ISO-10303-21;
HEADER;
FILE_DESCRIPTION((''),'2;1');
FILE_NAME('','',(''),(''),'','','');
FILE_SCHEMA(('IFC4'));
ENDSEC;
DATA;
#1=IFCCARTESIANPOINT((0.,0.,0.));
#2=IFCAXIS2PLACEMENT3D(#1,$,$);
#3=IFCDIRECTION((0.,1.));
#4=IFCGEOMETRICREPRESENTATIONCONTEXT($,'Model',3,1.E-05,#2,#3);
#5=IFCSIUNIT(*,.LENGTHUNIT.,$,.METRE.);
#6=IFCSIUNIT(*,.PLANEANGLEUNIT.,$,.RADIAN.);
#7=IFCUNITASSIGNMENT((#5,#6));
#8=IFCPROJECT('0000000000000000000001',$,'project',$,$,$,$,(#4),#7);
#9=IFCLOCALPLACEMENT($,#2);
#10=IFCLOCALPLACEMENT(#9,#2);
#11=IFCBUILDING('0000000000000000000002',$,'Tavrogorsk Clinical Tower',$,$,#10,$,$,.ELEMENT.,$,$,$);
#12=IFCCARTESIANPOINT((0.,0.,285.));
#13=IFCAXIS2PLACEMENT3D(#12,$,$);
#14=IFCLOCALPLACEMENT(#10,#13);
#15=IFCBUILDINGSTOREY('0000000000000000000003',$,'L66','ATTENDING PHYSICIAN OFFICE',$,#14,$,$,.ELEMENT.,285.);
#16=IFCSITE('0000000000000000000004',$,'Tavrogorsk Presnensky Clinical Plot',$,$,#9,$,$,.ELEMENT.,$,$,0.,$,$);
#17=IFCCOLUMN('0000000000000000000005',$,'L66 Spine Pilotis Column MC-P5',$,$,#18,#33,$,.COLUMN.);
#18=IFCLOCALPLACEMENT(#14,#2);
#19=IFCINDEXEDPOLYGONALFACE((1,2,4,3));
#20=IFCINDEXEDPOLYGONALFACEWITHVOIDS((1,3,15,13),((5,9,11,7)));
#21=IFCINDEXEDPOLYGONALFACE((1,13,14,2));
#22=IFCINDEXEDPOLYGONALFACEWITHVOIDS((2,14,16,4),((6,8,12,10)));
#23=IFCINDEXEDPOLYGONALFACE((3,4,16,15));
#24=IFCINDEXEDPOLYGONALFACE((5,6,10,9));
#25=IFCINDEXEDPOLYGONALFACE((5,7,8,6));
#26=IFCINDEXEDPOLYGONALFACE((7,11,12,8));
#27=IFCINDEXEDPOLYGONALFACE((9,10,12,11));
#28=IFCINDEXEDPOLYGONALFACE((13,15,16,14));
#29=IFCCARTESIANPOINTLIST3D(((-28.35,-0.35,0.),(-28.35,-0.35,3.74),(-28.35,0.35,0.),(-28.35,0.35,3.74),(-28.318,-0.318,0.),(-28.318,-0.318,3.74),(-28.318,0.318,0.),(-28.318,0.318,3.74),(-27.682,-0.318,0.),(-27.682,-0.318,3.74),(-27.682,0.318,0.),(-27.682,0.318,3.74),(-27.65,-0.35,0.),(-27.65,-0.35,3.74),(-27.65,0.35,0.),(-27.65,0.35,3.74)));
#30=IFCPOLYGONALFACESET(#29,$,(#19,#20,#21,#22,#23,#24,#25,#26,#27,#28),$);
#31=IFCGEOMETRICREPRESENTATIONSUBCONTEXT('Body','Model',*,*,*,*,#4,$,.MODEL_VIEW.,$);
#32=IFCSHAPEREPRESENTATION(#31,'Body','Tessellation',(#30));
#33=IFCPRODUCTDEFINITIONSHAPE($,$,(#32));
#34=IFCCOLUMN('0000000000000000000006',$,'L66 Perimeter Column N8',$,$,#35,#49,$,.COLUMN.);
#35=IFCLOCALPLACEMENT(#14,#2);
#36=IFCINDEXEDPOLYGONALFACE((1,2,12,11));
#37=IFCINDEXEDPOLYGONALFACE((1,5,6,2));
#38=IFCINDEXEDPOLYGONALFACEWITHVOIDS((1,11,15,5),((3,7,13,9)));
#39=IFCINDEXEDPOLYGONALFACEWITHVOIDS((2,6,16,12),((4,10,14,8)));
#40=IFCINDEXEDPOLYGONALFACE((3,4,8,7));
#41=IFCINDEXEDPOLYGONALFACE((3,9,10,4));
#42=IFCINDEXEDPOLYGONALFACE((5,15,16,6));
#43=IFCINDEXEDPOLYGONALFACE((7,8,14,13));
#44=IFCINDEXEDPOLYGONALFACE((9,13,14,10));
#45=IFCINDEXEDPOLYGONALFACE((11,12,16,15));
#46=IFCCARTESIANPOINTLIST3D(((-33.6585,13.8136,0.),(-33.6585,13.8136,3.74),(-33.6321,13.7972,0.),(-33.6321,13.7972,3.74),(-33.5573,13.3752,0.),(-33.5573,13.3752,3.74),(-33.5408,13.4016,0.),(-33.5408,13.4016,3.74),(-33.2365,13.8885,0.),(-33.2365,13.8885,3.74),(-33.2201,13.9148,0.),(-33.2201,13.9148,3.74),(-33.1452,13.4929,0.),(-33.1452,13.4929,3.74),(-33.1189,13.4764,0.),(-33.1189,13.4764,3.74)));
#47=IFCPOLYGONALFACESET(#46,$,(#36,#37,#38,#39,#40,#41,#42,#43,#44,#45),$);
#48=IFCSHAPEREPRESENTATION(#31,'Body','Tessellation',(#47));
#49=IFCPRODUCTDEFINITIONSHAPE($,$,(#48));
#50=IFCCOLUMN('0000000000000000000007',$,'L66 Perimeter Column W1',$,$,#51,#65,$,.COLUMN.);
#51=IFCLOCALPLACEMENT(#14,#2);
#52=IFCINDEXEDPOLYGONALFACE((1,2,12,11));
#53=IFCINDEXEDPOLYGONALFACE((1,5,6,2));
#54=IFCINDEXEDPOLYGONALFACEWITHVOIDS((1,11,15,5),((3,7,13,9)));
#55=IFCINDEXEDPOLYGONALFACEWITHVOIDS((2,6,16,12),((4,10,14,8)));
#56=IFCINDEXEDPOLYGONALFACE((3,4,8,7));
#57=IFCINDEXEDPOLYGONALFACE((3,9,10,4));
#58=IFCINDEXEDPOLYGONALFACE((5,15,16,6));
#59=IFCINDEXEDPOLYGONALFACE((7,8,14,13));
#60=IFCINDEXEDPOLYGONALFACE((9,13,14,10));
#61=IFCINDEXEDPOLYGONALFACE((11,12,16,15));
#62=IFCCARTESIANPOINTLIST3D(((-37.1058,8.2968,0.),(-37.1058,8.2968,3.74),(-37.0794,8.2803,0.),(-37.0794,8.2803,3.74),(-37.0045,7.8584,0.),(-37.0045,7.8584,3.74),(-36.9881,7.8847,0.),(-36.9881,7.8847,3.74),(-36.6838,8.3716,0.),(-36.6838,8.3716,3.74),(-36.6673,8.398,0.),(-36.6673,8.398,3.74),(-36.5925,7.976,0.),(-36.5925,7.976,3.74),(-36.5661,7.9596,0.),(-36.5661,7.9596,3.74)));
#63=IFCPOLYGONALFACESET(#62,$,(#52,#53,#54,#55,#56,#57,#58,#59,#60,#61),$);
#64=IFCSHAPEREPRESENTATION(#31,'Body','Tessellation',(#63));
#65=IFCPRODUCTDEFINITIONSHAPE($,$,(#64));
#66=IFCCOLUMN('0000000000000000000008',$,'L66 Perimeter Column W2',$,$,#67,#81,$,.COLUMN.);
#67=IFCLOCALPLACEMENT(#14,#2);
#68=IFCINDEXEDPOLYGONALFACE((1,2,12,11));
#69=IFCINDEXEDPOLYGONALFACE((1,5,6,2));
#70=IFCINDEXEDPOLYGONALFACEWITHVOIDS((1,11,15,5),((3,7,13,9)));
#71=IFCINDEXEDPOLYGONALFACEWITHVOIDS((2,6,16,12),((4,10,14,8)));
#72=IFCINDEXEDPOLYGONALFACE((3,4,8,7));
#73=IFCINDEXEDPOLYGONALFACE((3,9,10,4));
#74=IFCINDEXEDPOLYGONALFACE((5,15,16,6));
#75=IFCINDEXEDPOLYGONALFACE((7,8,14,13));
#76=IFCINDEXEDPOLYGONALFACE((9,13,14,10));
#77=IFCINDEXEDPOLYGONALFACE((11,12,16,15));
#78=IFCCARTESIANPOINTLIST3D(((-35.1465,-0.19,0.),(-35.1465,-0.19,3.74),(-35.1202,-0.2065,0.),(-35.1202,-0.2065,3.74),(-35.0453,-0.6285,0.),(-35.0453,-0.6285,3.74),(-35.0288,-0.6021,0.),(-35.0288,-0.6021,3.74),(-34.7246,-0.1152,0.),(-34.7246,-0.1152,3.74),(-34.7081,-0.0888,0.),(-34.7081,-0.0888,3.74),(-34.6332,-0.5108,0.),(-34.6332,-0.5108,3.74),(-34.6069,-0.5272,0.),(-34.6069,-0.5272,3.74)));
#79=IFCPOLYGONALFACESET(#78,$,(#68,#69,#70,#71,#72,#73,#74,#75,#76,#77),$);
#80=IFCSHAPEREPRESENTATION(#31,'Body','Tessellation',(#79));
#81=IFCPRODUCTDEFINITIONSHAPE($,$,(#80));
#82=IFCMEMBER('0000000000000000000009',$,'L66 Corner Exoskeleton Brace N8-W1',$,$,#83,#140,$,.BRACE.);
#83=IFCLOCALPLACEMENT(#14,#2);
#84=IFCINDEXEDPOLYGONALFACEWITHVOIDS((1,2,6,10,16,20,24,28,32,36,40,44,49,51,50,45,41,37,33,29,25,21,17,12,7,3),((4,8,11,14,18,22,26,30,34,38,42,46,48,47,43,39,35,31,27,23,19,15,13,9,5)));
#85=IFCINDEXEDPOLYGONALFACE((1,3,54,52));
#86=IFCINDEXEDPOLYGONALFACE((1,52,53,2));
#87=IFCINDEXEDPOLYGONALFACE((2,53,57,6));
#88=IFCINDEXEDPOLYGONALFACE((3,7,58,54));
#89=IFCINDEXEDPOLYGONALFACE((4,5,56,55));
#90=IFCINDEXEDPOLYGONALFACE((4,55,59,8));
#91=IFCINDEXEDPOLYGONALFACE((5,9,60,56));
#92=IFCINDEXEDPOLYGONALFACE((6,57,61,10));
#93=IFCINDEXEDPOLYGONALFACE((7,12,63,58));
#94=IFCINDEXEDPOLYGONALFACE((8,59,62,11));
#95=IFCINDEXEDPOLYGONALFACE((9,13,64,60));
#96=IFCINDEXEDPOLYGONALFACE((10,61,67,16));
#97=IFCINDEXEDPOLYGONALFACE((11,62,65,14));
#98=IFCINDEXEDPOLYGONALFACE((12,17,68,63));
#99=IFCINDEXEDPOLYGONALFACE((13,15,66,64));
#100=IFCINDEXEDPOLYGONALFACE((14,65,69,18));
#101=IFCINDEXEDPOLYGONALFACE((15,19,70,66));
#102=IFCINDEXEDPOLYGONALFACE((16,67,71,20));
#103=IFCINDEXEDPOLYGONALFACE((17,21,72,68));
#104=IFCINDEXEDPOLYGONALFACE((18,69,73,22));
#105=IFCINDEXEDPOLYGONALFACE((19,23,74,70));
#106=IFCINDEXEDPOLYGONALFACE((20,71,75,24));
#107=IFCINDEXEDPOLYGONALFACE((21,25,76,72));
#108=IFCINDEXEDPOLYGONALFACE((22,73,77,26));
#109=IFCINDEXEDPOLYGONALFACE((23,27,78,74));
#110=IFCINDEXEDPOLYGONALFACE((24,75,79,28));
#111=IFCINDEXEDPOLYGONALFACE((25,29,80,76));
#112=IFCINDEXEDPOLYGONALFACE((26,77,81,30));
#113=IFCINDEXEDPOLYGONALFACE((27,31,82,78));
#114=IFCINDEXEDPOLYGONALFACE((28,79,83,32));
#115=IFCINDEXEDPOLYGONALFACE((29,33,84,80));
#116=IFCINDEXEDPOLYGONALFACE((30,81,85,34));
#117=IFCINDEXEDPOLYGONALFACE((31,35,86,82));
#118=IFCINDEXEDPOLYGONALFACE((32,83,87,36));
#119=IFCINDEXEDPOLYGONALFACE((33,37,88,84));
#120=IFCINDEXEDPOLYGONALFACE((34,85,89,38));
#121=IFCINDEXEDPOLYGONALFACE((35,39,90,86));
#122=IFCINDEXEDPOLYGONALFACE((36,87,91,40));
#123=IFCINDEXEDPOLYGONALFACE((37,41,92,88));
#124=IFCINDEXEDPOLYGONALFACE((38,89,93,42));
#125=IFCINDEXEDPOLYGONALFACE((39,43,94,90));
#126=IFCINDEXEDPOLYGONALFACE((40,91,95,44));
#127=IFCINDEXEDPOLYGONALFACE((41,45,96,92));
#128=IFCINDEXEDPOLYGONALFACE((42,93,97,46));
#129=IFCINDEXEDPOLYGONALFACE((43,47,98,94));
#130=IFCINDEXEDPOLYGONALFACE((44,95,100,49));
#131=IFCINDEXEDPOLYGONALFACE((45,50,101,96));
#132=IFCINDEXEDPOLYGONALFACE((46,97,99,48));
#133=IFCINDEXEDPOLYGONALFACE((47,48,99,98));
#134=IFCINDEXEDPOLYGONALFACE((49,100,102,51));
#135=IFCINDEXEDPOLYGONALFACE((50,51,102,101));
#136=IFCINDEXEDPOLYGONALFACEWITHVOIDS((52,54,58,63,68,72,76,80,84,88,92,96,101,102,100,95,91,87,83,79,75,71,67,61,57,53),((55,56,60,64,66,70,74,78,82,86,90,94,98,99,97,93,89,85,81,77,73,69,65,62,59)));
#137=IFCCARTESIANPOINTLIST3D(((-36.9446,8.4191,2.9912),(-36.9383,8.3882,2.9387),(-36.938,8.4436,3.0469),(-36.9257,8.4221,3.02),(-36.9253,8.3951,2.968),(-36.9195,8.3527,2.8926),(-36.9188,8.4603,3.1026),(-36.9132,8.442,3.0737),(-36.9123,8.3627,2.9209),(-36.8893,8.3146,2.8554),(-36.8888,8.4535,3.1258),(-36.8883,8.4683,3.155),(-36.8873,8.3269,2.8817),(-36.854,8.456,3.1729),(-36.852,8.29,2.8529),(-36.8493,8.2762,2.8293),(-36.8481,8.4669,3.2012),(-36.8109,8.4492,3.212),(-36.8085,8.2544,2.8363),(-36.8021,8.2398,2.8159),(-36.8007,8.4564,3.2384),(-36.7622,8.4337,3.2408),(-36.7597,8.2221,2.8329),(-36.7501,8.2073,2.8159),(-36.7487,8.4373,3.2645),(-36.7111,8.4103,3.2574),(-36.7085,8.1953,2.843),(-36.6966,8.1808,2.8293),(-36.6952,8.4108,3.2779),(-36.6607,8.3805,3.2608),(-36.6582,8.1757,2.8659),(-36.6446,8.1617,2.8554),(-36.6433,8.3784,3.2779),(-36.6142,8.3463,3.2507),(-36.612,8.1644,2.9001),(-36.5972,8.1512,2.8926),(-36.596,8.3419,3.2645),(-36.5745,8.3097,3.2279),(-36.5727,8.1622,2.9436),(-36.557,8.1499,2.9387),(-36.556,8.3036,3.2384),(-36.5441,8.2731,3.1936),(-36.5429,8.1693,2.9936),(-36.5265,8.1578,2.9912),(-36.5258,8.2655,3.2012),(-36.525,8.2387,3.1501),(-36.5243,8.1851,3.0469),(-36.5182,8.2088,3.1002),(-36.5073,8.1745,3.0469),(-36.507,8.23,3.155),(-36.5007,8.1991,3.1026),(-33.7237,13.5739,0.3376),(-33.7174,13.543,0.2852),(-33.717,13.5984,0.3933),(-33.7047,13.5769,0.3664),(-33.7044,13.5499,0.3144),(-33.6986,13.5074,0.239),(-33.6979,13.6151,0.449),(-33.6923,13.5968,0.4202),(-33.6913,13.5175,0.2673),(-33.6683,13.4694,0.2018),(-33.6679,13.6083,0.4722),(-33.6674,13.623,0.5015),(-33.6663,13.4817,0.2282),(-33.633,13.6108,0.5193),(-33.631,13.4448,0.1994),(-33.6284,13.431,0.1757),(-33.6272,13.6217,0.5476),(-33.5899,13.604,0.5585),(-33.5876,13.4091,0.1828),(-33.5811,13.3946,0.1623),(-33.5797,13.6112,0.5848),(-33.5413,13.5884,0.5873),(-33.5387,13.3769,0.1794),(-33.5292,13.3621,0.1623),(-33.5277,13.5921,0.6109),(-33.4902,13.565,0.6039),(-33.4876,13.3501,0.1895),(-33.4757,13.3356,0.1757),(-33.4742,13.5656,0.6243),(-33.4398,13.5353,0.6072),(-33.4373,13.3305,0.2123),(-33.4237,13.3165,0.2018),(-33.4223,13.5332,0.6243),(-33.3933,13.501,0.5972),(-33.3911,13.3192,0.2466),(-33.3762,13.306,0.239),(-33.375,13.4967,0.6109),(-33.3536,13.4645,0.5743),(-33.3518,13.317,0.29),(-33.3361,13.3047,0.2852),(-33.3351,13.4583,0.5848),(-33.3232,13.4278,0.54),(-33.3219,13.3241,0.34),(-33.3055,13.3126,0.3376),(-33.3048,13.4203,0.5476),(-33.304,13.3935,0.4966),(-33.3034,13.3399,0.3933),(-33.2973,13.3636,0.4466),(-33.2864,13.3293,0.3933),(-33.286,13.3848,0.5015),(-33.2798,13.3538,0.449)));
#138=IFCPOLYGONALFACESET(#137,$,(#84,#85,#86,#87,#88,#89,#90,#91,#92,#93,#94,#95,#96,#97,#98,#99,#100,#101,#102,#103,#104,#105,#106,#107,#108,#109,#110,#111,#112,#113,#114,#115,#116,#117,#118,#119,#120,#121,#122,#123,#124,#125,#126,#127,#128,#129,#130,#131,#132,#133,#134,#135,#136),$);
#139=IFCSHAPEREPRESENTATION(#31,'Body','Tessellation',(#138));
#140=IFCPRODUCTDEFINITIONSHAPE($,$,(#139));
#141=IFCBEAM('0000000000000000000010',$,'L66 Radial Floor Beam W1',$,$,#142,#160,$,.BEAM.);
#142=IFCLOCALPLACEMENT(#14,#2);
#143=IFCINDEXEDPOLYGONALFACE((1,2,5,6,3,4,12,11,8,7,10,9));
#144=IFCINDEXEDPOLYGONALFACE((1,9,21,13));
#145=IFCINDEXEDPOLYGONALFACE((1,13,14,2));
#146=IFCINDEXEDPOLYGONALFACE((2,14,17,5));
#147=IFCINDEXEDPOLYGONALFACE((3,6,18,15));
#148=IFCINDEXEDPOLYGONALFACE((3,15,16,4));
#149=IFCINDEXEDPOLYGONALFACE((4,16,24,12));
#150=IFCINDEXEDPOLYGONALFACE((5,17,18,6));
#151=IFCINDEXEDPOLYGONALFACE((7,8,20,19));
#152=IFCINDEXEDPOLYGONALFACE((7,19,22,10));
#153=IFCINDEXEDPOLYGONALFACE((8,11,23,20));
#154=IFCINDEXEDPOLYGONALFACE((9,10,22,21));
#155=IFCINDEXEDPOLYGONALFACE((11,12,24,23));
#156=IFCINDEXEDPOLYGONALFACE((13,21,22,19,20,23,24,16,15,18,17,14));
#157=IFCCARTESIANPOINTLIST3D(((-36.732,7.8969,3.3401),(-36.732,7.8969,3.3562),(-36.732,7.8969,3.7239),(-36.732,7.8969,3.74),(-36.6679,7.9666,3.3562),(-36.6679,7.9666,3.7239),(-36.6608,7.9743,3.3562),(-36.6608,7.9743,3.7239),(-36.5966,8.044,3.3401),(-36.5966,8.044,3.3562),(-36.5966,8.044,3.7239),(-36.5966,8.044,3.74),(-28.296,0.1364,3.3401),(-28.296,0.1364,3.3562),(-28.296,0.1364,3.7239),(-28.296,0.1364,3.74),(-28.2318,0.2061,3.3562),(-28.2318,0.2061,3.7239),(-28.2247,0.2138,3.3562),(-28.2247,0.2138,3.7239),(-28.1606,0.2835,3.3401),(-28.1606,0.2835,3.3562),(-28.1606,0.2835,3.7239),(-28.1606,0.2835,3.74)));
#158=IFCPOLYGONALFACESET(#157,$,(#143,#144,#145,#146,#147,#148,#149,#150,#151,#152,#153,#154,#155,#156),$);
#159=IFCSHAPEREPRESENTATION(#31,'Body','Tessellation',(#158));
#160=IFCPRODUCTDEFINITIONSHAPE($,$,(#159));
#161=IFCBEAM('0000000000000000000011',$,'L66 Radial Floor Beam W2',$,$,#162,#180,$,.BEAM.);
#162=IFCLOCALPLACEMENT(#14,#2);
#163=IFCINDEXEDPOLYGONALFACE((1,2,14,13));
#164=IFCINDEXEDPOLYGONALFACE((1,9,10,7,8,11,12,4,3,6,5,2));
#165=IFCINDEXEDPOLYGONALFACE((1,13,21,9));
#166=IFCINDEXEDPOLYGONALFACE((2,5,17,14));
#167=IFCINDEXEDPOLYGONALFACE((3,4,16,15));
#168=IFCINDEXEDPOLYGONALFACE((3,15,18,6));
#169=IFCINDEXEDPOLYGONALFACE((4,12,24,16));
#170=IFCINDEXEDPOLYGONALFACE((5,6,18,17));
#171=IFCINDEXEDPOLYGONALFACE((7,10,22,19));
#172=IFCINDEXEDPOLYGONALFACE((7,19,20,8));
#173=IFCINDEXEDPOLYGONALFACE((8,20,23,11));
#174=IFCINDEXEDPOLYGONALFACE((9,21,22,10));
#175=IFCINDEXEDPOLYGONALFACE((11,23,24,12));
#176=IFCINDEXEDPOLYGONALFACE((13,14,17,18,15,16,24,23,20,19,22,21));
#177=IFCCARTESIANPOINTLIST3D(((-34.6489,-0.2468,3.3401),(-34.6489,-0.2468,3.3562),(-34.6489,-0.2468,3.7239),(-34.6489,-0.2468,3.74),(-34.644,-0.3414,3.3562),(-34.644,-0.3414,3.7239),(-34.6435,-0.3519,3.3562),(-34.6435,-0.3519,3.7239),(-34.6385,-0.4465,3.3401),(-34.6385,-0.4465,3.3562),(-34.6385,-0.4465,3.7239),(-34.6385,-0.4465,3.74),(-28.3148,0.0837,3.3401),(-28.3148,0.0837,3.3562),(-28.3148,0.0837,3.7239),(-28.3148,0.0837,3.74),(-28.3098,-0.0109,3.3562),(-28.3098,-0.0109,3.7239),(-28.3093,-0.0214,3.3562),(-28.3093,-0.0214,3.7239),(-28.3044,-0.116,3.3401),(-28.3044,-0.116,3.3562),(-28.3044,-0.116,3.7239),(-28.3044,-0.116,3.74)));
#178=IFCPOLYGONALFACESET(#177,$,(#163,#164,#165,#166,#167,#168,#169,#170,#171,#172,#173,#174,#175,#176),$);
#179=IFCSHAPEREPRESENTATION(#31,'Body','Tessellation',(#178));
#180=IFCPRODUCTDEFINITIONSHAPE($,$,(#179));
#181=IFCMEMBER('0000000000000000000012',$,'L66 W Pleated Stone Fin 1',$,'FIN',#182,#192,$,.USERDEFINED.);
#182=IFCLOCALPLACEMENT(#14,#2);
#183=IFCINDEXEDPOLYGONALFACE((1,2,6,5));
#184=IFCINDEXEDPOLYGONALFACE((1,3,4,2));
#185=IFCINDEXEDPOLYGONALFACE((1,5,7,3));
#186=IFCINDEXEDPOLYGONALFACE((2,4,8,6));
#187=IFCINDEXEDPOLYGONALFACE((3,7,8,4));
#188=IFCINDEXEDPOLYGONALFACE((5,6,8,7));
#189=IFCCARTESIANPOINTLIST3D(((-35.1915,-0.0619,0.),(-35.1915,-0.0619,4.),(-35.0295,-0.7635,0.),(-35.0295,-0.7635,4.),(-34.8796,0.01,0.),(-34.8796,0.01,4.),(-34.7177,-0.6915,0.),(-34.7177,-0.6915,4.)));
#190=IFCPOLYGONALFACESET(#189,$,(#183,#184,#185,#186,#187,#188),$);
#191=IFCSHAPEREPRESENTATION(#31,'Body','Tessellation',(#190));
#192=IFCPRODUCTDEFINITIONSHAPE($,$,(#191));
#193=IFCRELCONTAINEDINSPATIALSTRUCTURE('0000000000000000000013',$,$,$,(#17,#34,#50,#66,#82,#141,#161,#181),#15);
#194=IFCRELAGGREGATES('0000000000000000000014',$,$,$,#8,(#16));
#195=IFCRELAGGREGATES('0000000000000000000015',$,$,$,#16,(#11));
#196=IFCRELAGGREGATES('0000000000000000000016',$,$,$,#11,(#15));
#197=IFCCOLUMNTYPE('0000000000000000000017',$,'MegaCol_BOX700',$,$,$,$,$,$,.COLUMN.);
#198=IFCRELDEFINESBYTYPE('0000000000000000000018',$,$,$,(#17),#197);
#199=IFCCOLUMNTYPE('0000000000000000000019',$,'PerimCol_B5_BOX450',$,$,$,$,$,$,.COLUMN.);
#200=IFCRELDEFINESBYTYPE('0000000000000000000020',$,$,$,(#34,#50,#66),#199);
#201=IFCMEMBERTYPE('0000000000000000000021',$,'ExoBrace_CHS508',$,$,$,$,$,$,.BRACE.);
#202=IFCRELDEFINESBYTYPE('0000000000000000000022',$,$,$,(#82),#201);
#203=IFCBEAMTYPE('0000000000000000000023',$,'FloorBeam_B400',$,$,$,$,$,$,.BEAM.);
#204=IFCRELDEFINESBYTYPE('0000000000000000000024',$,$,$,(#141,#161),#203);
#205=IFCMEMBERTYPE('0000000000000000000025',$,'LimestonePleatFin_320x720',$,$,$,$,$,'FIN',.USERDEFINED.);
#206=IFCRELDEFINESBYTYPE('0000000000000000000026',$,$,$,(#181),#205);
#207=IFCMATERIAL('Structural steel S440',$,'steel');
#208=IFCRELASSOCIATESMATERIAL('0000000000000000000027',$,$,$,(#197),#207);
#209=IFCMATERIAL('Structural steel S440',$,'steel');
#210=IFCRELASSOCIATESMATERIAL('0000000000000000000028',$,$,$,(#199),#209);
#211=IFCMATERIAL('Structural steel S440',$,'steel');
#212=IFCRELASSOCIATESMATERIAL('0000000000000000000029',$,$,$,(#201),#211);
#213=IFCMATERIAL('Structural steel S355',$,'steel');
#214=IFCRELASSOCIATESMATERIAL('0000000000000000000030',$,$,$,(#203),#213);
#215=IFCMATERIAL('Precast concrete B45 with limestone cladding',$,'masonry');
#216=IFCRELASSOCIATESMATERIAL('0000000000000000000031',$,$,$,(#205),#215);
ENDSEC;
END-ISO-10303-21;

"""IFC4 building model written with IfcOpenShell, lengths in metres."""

from ifc_helpers import new_model, si_unit, direction, frame, origin, origin_2d, place, context, subcontext, project, spatial, rectangle, hollow_rectangle, hollow_circle, i_section, extrude, material, material_profile, profile_set, type_object, element, save


model = new_model("IFC4")

# Units and contexts
model_context = context("Model", 3, precision=1e-05, world=origin(), true_north=direction((0.0, 1.0)))
body_context = subcontext(model_context, "Body", "Model", "MODEL_VIEW")
ifc_project = project(units=[si_unit("LENGTHUNIT", "METRE"), si_unit("PLANEANGLEUNIT", "RADIAN")], contexts=[model_context])

# Site, building, storey
site_placement = place(None, origin())
site = spatial("IfcSite", under=ifc_project, at=site_placement, Name="Tavrogorsk Presnensky Clinical Plot", CompositionType="ELEMENT", RefElevation=0.0)
building_placement = place(site_placement, origin())
building = spatial("IfcBuilding", under=site, at=building_placement, Name="Tavrogorsk Clinical Tower", CompositionType="ELEMENT")
storey_placement = place(building_placement, frame((0.0, 0.0, 285.0)))
storey = spatial("IfcBuildingStorey", under=building, at=storey_placement, Name="L66", Description="ATTENDING PHYSICIAN OFFICE", CompositionType="ELEMENT", Elevation=285.0)

# Columns
ifc_material_1 = material(Name="Structural steel S440", Category="steel")
ifc_material_profile_1 = material_profile(ifc_material_1, hollow_rectangle(XDim=0.7, YDim=0.7, WallThickness=0.032, at=origin_2d()), Name="BOX-700x700x32")
ifc_profile_set_1 = profile_set([ifc_material_profile_1], Name="Structural steel S440")
column_type_1 = type_object("IfcColumnType", Name="MegaCol_BOX700", PredefinedType="COLUMN", material=ifc_profile_set_1)
column_placement = place(storey_placement, frame((-28.0, 0.0, 0.0), z_axis=(0.0, 0.0, 1.0), x_axis=(1.0, 0.0, 0.0)))
element("IfcColumn", 1, at=column_placement, inside=storey, type_object=column_type_1, Name="L66 Spine Pilotis Column MC-P5", PredefinedType="COLUMN", context=body_context, shape_type="SweptSolid", body=[
    extrude(hollow_rectangle(XDim=0.7, YDim=0.7, WallThickness=0.032, at=origin_2d()), origin(), (0.0, 0.0, 1.0), 3.74),
])
ifc_material_2 = material(Name="Structural steel S440", Category="steel")
ifc_material_profile_2 = material_profile(ifc_material_2, hollow_rectangle(XDim=0.45, YDim=0.45, WallThickness=0.022, at=origin_2d()), Name="BOX-450x450x22")
ifc_profile_set_2 = profile_set([ifc_material_profile_2], Name="Structural steel S440")
column_type_2 = type_object("IfcColumnType", Name="PerimCol_B5_BOX450", PredefinedType="COLUMN", material=ifc_profile_set_2)
for number, where, z_axis, x_axis, name in (
    (2, (-33.3887, 13.645, 0.0), (0.0, 0.0, 1.0), (0.97437, 0.224951, 0.0), "L66 Perimeter Column N8"),
    (3, (-36.8359, 8.1282, 0.0), (0.0, 0.0, 1.0), (0.97437, 0.224951, 0.0), "L66 Perimeter Column W1"),
    (4, (-34.8767, -0.3586, 0.0), (0.0, 0.0, 1.0), (0.97437, 0.224951, 0.0), "L66 Perimeter Column W2"),
):
    element("IfcColumn", number, at=place(storey_placement, frame(where, z_axis=z_axis, x_axis=x_axis)), inside=storey, type_object=column_type_2, Name=name, PredefinedType="COLUMN", context=body_context, shape_type="SweptSolid", body=[
        extrude(hollow_rectangle(XDim=0.45, YDim=0.45, WallThickness=0.022, at=origin_2d()), origin(), (0.0, 0.0, 1.0), 3.74),
    ])

# Member
ifc_material_3 = material(Name="Structural steel S440", Category="steel")
ifc_material_profile_3 = material_profile(ifc_material_3, hollow_circle(Radius=0.2539, WallThickness=0.02, at=origin_2d()), Name="CHS-508x20")
ifc_profile_set_3 = profile_set([ifc_material_profile_3], Name="Structural steel S440")
member_type_1 = type_object("IfcMemberType", Name="ExoBrace_CHS508", PredefinedType="BRACE", material=ifc_profile_set_3)
member_1_placement = place(storey_placement, frame((-33.5017, 13.4639, 0.3933), z_axis=(-0.485644, -0.777222, 0.400096), x_axis=(0.848057, -0.529905, 0.0)))
element("IfcMember", 5, at=member_1_placement, inside=storey, type_object=member_type_1, Name="L66 Corner Exoskeleton Brace N8-W1", PredefinedType="BRACE", context=body_context, shape_type="SweptSolid", body=[
    extrude(hollow_circle(Radius=0.2539, WallThickness=0.02, at=origin_2d()), origin(), (0.0, 0.0, 1.0), 6.6323),
])

# Beams
ifc_material_4 = material(Name="Structural steel S355", Category="steel")
ifc_material_profile_4 = material_profile(ifc_material_4, i_section(OverallWidth=0.2, OverallDepth=0.3999, WebThickness=0.0105, FlangeThickness=0.0161, at=origin_2d()), Name="B-400x200x10.5x16")
ifc_profile_set_4 = profile_set([ifc_material_profile_4], Name="Structural steel S355")
beam_type_1 = type_object("IfcBeamType", Name="FloorBeam_B400", PredefinedType="BEAM", material=ifc_profile_set_4)
beam_1_placement = place(storey_placement, frame((-28.2283, 0.21, 3.54), z_axis=(-0.735959, 0.677026, 0.0), x_axis=(-0.677026, -0.735959, 0.0)))
element("IfcBeam", 6, at=beam_1_placement, inside=storey, type_object=beam_type_1, Name="L66 Radial Floor Beam W1", PredefinedType="BEAM", context=body_context, shape_type="SweptSolid", body=[
    extrude(i_section(OverallWidth=0.2, OverallDepth=0.3999, WebThickness=0.0105, FlangeThickness=0.0161, at=origin_2d()), origin(), (0.0, 0.0, 1.0), 11.4626),
])
beam_2_placement = place(storey_placement, frame((-28.3096, -0.0161, 3.54), z_axis=(-0.998641, -0.052116, 0.0), x_axis=(0.052116, -0.998641, 0.0)))
element("IfcBeam", 7, at=beam_2_placement, inside=storey, type_object=beam_type_1, Name="L66 Radial Floor Beam W2", PredefinedType="BEAM", context=body_context, shape_type="SweptSolid", body=[
    extrude(i_section(OverallWidth=0.2, OverallDepth=0.3999, WebThickness=0.0105, FlangeThickness=0.0161, at=origin_2d()), origin(), (0.0, 0.0, 1.0), 6.3428),
])

# Member
ifc_material_5 = material(Name="Precast concrete B45 with limestone cladding", Category="masonry")
ifc_material_profile_5 = material_profile(ifc_material_5, rectangle(XDim=0.3201, YDim=0.72, at=origin_2d()), Name="LIMESTONE-FIN-320x720")
ifc_profile_set_5 = profile_set([ifc_material_profile_5], Name="Precast concrete B45 with limestone cladding")
member_type_2 = type_object("IfcMemberType", Name="LimestonePleatFin_320x720", ElementType="FIN", PredefinedType="USERDEFINED", material=ifc_profile_set_5)
member_2_placement = place(storey_placement, frame((-34.9546, -0.3767, 0.0), z_axis=(0.0, 0.0, 1.0), x_axis=(0.97437, 0.224951, 0.0)))
element("IfcMember", 8, at=member_2_placement, inside=storey, type_object=member_type_2, Name="L66 W Pleated Stone Fin 1", ObjectType="FIN", PredefinedType="USERDEFINED", context=body_context, shape_type="SweptSolid", body=[
    extrude(rectangle(XDim=0.3201, YDim=0.72, at=origin_2d()), origin(), (0.0, 0.0, 1.0), 4.0),
])

save(model, "model.ifc")
